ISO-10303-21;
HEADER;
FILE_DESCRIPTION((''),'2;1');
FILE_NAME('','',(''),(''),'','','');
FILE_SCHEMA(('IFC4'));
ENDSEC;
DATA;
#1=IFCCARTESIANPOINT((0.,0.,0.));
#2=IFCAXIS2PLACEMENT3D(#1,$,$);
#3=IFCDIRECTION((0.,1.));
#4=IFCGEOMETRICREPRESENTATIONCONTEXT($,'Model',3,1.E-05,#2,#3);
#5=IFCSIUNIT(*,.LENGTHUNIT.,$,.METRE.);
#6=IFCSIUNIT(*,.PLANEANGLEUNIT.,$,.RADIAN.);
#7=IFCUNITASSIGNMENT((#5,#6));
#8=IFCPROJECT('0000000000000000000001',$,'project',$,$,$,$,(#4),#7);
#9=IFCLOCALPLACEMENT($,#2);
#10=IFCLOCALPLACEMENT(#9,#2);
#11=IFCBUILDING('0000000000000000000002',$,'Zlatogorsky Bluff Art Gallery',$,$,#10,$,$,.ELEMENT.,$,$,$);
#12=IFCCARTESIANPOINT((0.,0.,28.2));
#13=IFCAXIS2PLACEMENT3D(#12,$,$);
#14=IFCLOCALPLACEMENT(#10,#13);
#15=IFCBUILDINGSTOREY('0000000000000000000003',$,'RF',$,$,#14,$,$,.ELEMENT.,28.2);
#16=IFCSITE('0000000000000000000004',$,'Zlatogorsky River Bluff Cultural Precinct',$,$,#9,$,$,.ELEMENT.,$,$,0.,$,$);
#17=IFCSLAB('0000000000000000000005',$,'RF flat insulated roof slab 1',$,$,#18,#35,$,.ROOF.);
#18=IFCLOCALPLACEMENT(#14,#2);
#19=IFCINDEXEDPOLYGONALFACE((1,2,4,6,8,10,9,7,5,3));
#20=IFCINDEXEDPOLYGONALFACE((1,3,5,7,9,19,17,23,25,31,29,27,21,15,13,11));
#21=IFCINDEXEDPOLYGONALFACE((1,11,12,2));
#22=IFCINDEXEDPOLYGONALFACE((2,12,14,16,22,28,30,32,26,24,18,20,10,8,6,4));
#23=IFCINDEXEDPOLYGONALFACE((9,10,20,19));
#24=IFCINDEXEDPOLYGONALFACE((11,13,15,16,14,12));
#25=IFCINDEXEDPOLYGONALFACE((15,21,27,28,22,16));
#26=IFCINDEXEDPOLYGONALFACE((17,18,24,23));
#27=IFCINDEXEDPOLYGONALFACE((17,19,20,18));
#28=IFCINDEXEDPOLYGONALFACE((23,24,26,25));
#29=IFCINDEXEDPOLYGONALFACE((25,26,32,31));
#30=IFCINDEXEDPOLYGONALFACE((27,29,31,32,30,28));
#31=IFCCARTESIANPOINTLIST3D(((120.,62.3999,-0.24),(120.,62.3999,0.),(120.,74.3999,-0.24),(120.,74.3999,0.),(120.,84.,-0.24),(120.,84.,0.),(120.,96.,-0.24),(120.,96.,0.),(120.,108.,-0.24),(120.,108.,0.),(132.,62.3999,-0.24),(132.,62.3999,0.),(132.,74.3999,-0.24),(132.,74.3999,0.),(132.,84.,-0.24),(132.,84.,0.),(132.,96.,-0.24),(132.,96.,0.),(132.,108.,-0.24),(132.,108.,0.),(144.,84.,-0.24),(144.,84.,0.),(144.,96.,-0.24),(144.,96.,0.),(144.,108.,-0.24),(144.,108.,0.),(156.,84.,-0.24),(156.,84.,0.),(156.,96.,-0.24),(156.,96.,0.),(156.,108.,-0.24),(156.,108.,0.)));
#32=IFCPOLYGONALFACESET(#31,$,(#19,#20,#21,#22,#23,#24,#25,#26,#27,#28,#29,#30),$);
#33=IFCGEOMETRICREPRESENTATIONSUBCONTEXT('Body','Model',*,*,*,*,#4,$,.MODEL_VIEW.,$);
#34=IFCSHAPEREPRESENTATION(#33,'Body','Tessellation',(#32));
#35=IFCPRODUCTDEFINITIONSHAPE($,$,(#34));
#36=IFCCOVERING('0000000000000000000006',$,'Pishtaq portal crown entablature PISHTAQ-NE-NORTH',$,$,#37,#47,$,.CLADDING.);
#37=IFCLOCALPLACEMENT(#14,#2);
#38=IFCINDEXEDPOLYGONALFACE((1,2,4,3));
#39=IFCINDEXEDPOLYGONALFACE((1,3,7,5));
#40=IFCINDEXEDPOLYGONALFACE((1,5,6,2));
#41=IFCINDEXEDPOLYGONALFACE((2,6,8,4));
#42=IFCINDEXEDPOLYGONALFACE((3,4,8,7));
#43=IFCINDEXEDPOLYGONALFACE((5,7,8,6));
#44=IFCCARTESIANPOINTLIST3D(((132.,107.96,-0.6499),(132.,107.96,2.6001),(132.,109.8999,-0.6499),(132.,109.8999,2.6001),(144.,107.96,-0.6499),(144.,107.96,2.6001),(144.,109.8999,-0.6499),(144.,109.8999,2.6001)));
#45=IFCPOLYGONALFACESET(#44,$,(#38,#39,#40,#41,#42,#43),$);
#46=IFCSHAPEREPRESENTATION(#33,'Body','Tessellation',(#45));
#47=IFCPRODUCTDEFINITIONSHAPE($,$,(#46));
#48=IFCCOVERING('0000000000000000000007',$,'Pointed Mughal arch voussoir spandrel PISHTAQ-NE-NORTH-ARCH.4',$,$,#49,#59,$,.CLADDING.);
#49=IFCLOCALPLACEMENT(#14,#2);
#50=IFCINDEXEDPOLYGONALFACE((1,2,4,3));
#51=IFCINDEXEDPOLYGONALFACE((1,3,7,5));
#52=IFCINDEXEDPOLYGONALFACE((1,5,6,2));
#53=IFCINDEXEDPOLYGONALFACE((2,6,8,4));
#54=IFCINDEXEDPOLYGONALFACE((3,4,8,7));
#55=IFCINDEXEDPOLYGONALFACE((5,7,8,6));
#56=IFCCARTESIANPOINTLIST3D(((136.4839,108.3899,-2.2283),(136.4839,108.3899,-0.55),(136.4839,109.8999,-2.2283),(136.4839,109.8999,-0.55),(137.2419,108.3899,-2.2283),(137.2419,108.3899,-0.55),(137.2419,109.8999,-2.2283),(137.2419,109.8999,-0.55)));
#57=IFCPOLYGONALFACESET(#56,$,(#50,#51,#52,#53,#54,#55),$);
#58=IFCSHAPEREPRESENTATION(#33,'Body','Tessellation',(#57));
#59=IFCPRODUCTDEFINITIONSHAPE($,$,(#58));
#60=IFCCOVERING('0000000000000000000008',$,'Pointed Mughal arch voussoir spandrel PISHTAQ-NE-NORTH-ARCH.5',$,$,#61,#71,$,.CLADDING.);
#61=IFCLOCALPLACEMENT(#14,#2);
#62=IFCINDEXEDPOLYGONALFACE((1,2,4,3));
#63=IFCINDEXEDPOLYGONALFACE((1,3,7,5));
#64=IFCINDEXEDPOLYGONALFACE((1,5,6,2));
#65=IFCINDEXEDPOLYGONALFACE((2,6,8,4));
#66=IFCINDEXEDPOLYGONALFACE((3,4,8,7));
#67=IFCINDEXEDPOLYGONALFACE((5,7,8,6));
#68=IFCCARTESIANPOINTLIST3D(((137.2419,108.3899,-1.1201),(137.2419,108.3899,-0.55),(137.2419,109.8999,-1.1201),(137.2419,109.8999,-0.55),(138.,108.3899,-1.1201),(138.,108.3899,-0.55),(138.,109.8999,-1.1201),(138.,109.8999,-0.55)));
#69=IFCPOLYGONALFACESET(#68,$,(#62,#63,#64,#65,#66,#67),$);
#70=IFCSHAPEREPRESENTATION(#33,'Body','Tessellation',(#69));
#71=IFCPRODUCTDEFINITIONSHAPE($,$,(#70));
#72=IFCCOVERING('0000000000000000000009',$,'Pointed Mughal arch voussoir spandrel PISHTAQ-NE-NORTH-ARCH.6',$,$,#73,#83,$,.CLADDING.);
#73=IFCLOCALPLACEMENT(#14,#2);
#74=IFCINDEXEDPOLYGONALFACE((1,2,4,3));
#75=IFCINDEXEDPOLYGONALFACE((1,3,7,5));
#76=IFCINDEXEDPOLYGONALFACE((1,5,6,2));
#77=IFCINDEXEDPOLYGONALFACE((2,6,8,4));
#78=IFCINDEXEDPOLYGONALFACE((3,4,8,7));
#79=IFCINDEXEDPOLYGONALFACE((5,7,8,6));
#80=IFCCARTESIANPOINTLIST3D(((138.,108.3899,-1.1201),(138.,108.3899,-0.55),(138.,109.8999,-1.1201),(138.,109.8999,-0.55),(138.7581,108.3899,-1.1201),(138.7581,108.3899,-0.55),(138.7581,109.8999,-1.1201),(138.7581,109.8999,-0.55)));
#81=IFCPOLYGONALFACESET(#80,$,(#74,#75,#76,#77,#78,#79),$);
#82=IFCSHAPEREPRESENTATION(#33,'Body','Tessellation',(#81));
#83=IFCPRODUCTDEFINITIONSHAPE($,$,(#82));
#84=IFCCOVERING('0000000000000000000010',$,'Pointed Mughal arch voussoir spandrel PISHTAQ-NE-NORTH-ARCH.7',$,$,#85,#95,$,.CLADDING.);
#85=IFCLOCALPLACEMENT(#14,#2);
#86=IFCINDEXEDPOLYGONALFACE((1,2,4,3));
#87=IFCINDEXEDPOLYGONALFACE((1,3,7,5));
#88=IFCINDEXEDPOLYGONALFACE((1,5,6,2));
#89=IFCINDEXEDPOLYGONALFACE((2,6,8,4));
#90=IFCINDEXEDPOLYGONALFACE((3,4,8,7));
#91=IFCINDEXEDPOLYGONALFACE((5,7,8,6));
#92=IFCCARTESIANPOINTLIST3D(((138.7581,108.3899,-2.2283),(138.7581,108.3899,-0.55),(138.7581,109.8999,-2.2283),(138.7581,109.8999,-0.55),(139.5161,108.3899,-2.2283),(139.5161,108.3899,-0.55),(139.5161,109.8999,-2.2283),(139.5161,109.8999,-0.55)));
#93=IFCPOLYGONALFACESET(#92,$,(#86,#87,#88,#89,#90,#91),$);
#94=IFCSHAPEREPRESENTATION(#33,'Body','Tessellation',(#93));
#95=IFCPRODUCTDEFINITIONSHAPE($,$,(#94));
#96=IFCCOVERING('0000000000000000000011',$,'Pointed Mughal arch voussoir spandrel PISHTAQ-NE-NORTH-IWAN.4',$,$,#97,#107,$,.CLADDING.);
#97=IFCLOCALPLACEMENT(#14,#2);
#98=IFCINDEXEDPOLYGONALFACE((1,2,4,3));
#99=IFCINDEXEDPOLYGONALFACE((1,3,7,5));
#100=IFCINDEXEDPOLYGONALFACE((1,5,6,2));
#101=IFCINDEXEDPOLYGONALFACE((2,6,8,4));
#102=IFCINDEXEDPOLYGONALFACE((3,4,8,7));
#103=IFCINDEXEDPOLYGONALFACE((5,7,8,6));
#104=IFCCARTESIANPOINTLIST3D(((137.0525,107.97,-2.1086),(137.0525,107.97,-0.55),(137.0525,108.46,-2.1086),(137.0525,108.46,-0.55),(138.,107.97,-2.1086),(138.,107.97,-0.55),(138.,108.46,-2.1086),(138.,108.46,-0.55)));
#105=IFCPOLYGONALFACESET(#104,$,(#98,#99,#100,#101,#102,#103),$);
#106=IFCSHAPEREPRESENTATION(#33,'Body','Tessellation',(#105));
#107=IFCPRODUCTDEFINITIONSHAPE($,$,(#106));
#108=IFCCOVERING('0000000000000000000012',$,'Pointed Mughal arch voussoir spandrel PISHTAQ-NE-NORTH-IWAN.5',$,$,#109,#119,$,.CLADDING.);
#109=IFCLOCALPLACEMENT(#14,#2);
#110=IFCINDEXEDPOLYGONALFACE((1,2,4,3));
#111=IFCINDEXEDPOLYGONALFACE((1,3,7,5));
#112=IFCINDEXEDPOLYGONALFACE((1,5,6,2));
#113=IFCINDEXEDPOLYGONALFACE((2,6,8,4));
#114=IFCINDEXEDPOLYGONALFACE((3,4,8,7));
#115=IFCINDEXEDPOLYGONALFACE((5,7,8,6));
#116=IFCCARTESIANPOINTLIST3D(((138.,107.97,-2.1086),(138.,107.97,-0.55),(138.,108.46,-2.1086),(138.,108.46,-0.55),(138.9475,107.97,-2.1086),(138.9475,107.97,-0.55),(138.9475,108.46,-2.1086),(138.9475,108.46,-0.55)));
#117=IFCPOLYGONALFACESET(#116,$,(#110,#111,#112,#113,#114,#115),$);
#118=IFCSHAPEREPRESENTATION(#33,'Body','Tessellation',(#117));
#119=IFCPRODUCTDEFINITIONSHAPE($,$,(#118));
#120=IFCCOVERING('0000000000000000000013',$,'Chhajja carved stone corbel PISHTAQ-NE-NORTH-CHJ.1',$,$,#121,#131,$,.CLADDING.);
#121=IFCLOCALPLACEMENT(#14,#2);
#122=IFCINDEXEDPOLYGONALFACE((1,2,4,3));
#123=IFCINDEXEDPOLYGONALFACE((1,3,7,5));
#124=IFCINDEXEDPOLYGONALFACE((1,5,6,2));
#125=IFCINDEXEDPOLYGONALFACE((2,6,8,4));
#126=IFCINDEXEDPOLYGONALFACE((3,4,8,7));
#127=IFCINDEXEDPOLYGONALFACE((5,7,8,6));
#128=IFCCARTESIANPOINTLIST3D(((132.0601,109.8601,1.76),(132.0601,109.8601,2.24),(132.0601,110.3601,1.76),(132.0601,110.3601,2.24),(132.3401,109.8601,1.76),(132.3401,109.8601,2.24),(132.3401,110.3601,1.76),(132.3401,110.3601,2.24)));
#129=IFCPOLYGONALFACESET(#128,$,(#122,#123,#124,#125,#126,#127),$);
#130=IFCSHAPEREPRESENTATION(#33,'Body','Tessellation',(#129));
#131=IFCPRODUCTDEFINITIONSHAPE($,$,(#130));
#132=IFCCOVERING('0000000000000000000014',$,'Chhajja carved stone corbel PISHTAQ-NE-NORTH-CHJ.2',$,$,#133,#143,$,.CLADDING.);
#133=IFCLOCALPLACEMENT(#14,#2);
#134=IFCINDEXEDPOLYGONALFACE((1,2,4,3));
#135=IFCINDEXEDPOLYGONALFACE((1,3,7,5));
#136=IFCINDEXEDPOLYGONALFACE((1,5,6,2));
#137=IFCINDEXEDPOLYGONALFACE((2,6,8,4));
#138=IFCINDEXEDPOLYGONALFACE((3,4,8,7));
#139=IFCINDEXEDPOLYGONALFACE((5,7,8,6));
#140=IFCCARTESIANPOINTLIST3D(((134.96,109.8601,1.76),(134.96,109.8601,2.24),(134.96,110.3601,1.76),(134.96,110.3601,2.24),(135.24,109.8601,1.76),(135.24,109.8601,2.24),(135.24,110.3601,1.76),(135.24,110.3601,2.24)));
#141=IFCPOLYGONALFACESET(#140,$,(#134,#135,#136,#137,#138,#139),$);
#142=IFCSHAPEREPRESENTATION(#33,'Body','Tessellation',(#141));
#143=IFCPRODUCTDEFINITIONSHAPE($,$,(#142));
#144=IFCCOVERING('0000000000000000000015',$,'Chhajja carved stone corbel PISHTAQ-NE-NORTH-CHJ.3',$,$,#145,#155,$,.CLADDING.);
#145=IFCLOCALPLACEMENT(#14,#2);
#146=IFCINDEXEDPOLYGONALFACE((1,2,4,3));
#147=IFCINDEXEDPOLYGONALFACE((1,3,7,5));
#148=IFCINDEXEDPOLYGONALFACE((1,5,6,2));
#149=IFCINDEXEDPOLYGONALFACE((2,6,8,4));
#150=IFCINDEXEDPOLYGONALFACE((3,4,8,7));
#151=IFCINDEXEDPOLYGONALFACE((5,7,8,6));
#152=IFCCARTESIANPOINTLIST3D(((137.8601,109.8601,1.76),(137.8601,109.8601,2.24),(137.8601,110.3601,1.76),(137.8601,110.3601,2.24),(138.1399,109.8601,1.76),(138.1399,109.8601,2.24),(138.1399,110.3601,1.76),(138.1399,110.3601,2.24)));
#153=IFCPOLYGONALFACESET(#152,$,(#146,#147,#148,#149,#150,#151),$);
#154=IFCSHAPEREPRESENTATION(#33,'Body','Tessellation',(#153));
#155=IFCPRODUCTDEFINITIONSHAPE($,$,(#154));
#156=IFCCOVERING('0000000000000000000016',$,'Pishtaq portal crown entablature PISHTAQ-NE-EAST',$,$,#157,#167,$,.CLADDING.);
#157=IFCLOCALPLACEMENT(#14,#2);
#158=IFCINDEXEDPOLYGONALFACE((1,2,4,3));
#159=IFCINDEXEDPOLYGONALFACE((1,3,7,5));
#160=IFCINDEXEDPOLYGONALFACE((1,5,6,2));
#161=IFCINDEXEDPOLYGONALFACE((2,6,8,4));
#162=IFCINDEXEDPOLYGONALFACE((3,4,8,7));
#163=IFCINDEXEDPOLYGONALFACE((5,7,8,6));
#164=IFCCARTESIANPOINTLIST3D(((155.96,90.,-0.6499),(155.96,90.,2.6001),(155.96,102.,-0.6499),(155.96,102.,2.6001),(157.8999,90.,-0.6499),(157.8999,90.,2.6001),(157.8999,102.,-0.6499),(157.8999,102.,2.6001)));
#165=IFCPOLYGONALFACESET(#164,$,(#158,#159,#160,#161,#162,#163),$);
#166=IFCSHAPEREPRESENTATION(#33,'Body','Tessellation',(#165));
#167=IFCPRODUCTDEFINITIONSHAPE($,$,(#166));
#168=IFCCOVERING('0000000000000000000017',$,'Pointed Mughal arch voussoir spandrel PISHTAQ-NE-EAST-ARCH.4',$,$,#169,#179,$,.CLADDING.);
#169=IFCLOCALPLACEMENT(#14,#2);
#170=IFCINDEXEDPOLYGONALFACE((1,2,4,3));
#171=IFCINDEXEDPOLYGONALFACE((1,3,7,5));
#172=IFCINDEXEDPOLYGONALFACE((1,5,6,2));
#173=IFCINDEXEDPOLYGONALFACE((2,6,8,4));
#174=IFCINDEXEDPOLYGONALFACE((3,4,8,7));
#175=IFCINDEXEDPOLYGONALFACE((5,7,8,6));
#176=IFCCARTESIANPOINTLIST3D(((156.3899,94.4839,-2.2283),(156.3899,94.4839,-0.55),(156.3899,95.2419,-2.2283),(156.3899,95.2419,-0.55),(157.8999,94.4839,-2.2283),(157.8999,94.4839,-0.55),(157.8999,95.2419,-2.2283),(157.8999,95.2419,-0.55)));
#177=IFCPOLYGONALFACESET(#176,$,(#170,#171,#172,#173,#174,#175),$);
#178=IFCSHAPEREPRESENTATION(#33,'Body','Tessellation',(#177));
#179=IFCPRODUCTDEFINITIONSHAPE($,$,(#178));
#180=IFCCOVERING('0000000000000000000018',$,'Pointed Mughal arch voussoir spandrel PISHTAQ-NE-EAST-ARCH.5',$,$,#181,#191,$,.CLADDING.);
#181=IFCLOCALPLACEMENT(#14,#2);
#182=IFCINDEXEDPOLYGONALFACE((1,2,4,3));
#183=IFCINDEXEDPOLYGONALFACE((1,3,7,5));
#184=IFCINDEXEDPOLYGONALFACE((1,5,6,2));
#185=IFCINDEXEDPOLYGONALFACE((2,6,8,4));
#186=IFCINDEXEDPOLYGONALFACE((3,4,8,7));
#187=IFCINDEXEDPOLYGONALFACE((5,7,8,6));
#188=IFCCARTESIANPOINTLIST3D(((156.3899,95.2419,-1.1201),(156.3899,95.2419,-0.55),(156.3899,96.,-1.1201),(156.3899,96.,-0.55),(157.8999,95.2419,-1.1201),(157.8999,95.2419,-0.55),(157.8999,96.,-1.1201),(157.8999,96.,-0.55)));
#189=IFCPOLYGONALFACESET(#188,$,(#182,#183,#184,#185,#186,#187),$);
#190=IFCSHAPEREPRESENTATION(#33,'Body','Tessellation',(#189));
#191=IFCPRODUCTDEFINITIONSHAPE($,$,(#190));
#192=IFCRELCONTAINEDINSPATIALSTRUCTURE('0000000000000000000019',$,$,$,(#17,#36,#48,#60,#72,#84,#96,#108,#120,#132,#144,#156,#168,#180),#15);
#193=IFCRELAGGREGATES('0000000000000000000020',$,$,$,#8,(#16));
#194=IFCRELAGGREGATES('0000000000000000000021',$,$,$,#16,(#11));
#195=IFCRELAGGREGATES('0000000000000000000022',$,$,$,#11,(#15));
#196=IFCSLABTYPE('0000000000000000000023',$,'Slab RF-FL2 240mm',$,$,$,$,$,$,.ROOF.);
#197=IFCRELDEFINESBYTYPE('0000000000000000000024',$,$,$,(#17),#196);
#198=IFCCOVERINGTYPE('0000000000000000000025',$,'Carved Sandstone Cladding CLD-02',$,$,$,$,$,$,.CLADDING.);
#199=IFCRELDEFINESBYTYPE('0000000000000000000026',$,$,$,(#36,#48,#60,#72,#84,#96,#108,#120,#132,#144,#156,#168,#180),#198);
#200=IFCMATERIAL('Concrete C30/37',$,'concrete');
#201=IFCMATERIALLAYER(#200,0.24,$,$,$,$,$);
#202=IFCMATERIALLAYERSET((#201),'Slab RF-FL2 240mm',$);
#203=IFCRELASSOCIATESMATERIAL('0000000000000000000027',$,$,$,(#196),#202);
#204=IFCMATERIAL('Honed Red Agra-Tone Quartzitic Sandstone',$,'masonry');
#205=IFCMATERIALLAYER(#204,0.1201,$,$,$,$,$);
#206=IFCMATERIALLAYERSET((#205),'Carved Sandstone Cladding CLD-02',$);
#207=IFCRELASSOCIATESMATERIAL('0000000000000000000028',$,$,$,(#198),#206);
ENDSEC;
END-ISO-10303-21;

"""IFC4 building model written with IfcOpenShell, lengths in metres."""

from ifc_helpers import new_model, si_unit, direction, frame, origin, place, context, subcontext, project, spatial, polyline, outline, extrude, material, layer, layer_set, type_object, element, save


model = new_model("IFC4")

# Units and contexts
model_context = context("Model", 3, precision=1e-05, world=origin(), true_north=direction((0.0, 1.0)))
body_context = subcontext(model_context, "Body", "Model", "MODEL_VIEW")
ifc_project = project(units=[si_unit("LENGTHUNIT", "METRE"), si_unit("PLANEANGLEUNIT", "RADIAN")], contexts=[model_context])

# Site, building, storey
site_placement = place(None, origin())
site = spatial("IfcSite", under=ifc_project, at=site_placement, Name="Zlatogorsky River Bluff Cultural Precinct", CompositionType="ELEMENT", RefElevation=0.0)
building_placement = place(site_placement, origin())
building = spatial("IfcBuilding", under=site, at=building_placement, Name="Zlatogorsky Bluff Art Gallery", CompositionType="ELEMENT")
storey_placement = place(building_placement, frame((0.0, 0.0, 28.2)))
storey = spatial("IfcBuildingStorey", under=building, at=storey_placement, Name="RF", CompositionType="ELEMENT", Elevation=28.2)

# Slab
ifc_material_1 = material(Name="Concrete C30/37", Category="concrete")
ifc_layer_1 = layer(ifc_material_1, 0.24)
ifc_layer_set_1 = layer_set([ifc_layer_1], Name="Slab RF-FL2 240mm")
slab_type = type_object("IfcSlabType", Name="Slab RF-FL2 240mm", PredefinedType="ROOF", material=ifc_layer_set_1)
slab_placement = place(storey_placement, frame((0.0, 0.0, -0.24)))
element("IfcSlab", 1, at=slab_placement, inside=storey, type_object=slab_type, Name="RF flat insulated roof slab 1", PredefinedType="ROOF", context=body_context, shape_type="SweptSolid", body=[
    extrude(outline(polyline([(120.0, 62.3999), (120.0, 74.3999), (120.0, 84.0), (120.0, 96.0), (120.0, 108.0), (132.0, 108.0), (132.0, 96.0), (144.0, 96.0), (144.0, 108.0), (156.0, 108.0), (156.0, 96.0), (156.0, 84.0), (144.0, 84.0), (132.0, 84.0), (132.0, 74.3999), (132.0, 62.3999), (120.0, 62.3999)])), origin(), (0.0, 0.0, 1.0), 0.24),
])

# Coverings
ifc_material_2 = material(Name="Honed Red Agra-Tone Quartzitic Sandstone", Category="masonry")
ifc_layer_2 = layer(ifc_material_2, 0.1201)
ifc_layer_set_2 = layer_set([ifc_layer_2], Name="Carved Sandstone Cladding CLD-02")
covering_type_1 = type_object("IfcCoveringType", Name="Carved Sandstone Cladding CLD-02", PredefinedType="CLADDING", material=ifc_layer_set_2)
covering_1_placement = place(storey_placement, frame((0.0, 0.0, -0.6499)))
element("IfcCovering", 2, at=covering_1_placement, inside=storey, type_object=covering_type_1, Name="Pishtaq portal crown entablature PISHTAQ-NE-NORTH", PredefinedType="CLADDING", context=body_context, shape_type="SweptSolid", body=[
    extrude(outline(polyline([(132.0, 107.96), (144.0, 107.96), (144.0, 109.8999), (132.0, 109.8999), (132.0, 107.96)])), origin(), (0.0, 0.0, 1.0), 3.25),
])
covering_2_placement = place(storey_placement, frame((0.0, 0.0, -2.2283)))
element("IfcCovering", 3, at=covering_2_placement, inside=storey, type_object=covering_type_1, Name="Pointed Mughal arch voussoir spandrel PISHTAQ-NE-NORTH-ARCH.4", PredefinedType="CLADDING", context=body_context, shape_type="SweptSolid", body=[
    extrude(outline(polyline([(136.4839, 108.3899), (137.2419, 108.3899), (137.2419, 109.8999), (136.4839, 109.8999), (136.4839, 108.3899)])), origin(), (0.0, 0.0, 1.0), 1.6782),
])
covering_3_placement = place(storey_placement, frame((0.0, 0.0, -1.1201)))
element("IfcCovering", 4, at=covering_3_placement, inside=storey, type_object=covering_type_1, Name="Pointed Mughal arch voussoir spandrel PISHTAQ-NE-NORTH-ARCH.5", PredefinedType="CLADDING", context=body_context, shape_type="SweptSolid", body=[
    extrude(outline(polyline([(137.2419, 108.3899), (138.0, 108.3899), (138.0, 109.8999), (137.2419, 109.8999), (137.2419, 108.3899)])), origin(), (0.0, 0.0, 1.0), 0.5701),
])
covering_4_placement = place(storey_placement, frame((0.0, 0.0, -1.1201)))
element("IfcCovering", 5, at=covering_4_placement, inside=storey, type_object=covering_type_1, Name="Pointed Mughal arch voussoir spandrel PISHTAQ-NE-NORTH-ARCH.6", PredefinedType="CLADDING", context=body_context, shape_type="SweptSolid", body=[
    extrude(outline(polyline([(138.0, 108.3899), (138.7581, 108.3899), (138.7581, 109.8999), (138.0, 109.8999), (138.0, 108.3899)])), origin(), (0.0, 0.0, 1.0), 0.5701),
])
covering_5_placement = place(storey_placement, frame((0.0, 0.0, -2.2283)))
element("IfcCovering", 6, at=covering_5_placement, inside=storey, type_object=covering_type_1, Name="Pointed Mughal arch voussoir spandrel PISHTAQ-NE-NORTH-ARCH.7", PredefinedType="CLADDING", context=body_context, shape_type="SweptSolid", body=[
    extrude(outline(polyline([(138.7581, 108.3899), (139.5161, 108.3899), (139.5161, 109.8999), (138.7581, 109.8999), (138.7581, 108.3899)])), origin(), (0.0, 0.0, 1.0), 1.6782),
])
covering_6_placement = place(storey_placement, frame((0.0, 0.0, -2.1086)))
element("IfcCovering", 7, at=covering_6_placement, inside=storey, type_object=covering_type_1, Name="Pointed Mughal arch voussoir spandrel PISHTAQ-NE-NORTH-IWAN.4", PredefinedType="CLADDING", context=body_context, shape_type="SweptSolid", body=[
    extrude(outline(polyline([(137.0525, 107.97), (138.0, 107.97), (138.0, 108.46), (137.0525, 108.46), (137.0525, 107.97)])), origin(), (0.0, 0.0, 1.0), 1.5586),
])
covering_7_placement = place(storey_placement, frame((0.0, 0.0, -2.1086)))
element("IfcCovering", 8, at=covering_7_placement, inside=storey, type_object=covering_type_1, Name="Pointed Mughal arch voussoir spandrel PISHTAQ-NE-NORTH-IWAN.5", PredefinedType="CLADDING", context=body_context, shape_type="SweptSolid", body=[
    extrude(outline(polyline([(138.0, 107.97), (138.9475, 107.97), (138.9475, 108.46), (138.0, 108.46), (138.0, 107.97)])), origin(), (0.0, 0.0, 1.0), 1.5586),
])
covering_8_placement = place(storey_placement, frame((0.0, 0.0, 1.76)))
element("IfcCovering", 9, at=covering_8_placement, inside=storey, type_object=covering_type_1, Name="Chhajja carved stone corbel PISHTAQ-NE-NORTH-CHJ.1", PredefinedType="CLADDING", context=body_context, shape_type="SweptSolid", body=[
    extrude(outline(polyline([(132.0601, 109.8601), (132.3401, 109.8601), (132.3401, 110.3601), (132.0601, 110.3601), (132.0601, 109.8601)])), origin(), (0.0, 0.0, 1.0), 0.48),
])
covering_9_placement = place(storey_placement, frame((0.0, 0.0, 1.76)))
element("IfcCovering", 10, at=covering_9_placement, inside=storey, type_object=covering_type_1, Name="Chhajja carved stone corbel PISHTAQ-NE-NORTH-CHJ.2", PredefinedType="CLADDING", context=body_context, shape_type="SweptSolid", body=[
    extrude(outline(polyline([(134.96, 109.8601), (135.24, 109.8601), (135.24, 110.3601), (134.96, 110.3601), (134.96, 109.8601)])), origin(), (0.0, 0.0, 1.0), 0.48),
])
covering_10_placement = place(storey_placement, frame((0.0, 0.0, 1.76)))
element("IfcCovering", 11, at=covering_10_placement, inside=storey, type_object=covering_type_1, Name="Chhajja carved stone corbel PISHTAQ-NE-NORTH-CHJ.3", PredefinedType="CLADDING", context=body_context, shape_type="SweptSolid", body=[
    extrude(outline(polyline([(137.8601, 109.8601), (138.1399, 109.8601), (138.1399, 110.3601), (137.8601, 110.3601), (137.8601, 109.8601)])), origin(), (0.0, 0.0, 1.0), 0.48),
])
covering_11_placement = place(storey_placement, frame((0.0, 0.0, -0.6499)))
element("IfcCovering", 12, at=covering_11_placement, inside=storey, type_object=covering_type_1, Name="Pishtaq portal crown entablature PISHTAQ-NE-EAST", PredefinedType="CLADDING", context=body_context, shape_type="SweptSolid", body=[
    extrude(outline(polyline([(155.96, 90.0), (155.96, 102.0), (157.8999, 102.0), (157.8999, 90.0), (155.96, 90.0)])), origin(), (0.0, 0.0, 1.0), 3.25),
])
covering_12_placement = place(storey_placement, frame((0.0, 0.0, -2.2283)))
element("IfcCovering", 13, at=covering_12_placement, inside=storey, type_object=covering_type_1, Name="Pointed Mughal arch voussoir spandrel PISHTAQ-NE-EAST-ARCH.4", PredefinedType="CLADDING", context=body_context, shape_type="SweptSolid", body=[
    extrude(outline(polyline([(156.3899, 94.4839), (156.3899, 95.2419), (157.8999, 95.2419), (157.8999, 94.4839), (156.3899, 94.4839)])), origin(), (0.0, 0.0, 1.0), 1.6782),
])
covering_13_placement = place(storey_placement, frame((0.0, 0.0, -1.1201)))
element("IfcCovering", 14, at=covering_13_placement, inside=storey, type_object=covering_type_1, Name="Pointed Mughal arch voussoir spandrel PISHTAQ-NE-EAST-ARCH.5", PredefinedType="CLADDING", context=body_context, shape_type="SweptSolid", body=[
    extrude(outline(polyline([(156.3899, 95.2419), (156.3899, 96.0), (157.8999, 96.0), (157.8999, 95.2419), (156.3899, 95.2419)])), origin(), (0.0, 0.0, 1.0), 0.5701),
])

save(model, "model.ifc")
